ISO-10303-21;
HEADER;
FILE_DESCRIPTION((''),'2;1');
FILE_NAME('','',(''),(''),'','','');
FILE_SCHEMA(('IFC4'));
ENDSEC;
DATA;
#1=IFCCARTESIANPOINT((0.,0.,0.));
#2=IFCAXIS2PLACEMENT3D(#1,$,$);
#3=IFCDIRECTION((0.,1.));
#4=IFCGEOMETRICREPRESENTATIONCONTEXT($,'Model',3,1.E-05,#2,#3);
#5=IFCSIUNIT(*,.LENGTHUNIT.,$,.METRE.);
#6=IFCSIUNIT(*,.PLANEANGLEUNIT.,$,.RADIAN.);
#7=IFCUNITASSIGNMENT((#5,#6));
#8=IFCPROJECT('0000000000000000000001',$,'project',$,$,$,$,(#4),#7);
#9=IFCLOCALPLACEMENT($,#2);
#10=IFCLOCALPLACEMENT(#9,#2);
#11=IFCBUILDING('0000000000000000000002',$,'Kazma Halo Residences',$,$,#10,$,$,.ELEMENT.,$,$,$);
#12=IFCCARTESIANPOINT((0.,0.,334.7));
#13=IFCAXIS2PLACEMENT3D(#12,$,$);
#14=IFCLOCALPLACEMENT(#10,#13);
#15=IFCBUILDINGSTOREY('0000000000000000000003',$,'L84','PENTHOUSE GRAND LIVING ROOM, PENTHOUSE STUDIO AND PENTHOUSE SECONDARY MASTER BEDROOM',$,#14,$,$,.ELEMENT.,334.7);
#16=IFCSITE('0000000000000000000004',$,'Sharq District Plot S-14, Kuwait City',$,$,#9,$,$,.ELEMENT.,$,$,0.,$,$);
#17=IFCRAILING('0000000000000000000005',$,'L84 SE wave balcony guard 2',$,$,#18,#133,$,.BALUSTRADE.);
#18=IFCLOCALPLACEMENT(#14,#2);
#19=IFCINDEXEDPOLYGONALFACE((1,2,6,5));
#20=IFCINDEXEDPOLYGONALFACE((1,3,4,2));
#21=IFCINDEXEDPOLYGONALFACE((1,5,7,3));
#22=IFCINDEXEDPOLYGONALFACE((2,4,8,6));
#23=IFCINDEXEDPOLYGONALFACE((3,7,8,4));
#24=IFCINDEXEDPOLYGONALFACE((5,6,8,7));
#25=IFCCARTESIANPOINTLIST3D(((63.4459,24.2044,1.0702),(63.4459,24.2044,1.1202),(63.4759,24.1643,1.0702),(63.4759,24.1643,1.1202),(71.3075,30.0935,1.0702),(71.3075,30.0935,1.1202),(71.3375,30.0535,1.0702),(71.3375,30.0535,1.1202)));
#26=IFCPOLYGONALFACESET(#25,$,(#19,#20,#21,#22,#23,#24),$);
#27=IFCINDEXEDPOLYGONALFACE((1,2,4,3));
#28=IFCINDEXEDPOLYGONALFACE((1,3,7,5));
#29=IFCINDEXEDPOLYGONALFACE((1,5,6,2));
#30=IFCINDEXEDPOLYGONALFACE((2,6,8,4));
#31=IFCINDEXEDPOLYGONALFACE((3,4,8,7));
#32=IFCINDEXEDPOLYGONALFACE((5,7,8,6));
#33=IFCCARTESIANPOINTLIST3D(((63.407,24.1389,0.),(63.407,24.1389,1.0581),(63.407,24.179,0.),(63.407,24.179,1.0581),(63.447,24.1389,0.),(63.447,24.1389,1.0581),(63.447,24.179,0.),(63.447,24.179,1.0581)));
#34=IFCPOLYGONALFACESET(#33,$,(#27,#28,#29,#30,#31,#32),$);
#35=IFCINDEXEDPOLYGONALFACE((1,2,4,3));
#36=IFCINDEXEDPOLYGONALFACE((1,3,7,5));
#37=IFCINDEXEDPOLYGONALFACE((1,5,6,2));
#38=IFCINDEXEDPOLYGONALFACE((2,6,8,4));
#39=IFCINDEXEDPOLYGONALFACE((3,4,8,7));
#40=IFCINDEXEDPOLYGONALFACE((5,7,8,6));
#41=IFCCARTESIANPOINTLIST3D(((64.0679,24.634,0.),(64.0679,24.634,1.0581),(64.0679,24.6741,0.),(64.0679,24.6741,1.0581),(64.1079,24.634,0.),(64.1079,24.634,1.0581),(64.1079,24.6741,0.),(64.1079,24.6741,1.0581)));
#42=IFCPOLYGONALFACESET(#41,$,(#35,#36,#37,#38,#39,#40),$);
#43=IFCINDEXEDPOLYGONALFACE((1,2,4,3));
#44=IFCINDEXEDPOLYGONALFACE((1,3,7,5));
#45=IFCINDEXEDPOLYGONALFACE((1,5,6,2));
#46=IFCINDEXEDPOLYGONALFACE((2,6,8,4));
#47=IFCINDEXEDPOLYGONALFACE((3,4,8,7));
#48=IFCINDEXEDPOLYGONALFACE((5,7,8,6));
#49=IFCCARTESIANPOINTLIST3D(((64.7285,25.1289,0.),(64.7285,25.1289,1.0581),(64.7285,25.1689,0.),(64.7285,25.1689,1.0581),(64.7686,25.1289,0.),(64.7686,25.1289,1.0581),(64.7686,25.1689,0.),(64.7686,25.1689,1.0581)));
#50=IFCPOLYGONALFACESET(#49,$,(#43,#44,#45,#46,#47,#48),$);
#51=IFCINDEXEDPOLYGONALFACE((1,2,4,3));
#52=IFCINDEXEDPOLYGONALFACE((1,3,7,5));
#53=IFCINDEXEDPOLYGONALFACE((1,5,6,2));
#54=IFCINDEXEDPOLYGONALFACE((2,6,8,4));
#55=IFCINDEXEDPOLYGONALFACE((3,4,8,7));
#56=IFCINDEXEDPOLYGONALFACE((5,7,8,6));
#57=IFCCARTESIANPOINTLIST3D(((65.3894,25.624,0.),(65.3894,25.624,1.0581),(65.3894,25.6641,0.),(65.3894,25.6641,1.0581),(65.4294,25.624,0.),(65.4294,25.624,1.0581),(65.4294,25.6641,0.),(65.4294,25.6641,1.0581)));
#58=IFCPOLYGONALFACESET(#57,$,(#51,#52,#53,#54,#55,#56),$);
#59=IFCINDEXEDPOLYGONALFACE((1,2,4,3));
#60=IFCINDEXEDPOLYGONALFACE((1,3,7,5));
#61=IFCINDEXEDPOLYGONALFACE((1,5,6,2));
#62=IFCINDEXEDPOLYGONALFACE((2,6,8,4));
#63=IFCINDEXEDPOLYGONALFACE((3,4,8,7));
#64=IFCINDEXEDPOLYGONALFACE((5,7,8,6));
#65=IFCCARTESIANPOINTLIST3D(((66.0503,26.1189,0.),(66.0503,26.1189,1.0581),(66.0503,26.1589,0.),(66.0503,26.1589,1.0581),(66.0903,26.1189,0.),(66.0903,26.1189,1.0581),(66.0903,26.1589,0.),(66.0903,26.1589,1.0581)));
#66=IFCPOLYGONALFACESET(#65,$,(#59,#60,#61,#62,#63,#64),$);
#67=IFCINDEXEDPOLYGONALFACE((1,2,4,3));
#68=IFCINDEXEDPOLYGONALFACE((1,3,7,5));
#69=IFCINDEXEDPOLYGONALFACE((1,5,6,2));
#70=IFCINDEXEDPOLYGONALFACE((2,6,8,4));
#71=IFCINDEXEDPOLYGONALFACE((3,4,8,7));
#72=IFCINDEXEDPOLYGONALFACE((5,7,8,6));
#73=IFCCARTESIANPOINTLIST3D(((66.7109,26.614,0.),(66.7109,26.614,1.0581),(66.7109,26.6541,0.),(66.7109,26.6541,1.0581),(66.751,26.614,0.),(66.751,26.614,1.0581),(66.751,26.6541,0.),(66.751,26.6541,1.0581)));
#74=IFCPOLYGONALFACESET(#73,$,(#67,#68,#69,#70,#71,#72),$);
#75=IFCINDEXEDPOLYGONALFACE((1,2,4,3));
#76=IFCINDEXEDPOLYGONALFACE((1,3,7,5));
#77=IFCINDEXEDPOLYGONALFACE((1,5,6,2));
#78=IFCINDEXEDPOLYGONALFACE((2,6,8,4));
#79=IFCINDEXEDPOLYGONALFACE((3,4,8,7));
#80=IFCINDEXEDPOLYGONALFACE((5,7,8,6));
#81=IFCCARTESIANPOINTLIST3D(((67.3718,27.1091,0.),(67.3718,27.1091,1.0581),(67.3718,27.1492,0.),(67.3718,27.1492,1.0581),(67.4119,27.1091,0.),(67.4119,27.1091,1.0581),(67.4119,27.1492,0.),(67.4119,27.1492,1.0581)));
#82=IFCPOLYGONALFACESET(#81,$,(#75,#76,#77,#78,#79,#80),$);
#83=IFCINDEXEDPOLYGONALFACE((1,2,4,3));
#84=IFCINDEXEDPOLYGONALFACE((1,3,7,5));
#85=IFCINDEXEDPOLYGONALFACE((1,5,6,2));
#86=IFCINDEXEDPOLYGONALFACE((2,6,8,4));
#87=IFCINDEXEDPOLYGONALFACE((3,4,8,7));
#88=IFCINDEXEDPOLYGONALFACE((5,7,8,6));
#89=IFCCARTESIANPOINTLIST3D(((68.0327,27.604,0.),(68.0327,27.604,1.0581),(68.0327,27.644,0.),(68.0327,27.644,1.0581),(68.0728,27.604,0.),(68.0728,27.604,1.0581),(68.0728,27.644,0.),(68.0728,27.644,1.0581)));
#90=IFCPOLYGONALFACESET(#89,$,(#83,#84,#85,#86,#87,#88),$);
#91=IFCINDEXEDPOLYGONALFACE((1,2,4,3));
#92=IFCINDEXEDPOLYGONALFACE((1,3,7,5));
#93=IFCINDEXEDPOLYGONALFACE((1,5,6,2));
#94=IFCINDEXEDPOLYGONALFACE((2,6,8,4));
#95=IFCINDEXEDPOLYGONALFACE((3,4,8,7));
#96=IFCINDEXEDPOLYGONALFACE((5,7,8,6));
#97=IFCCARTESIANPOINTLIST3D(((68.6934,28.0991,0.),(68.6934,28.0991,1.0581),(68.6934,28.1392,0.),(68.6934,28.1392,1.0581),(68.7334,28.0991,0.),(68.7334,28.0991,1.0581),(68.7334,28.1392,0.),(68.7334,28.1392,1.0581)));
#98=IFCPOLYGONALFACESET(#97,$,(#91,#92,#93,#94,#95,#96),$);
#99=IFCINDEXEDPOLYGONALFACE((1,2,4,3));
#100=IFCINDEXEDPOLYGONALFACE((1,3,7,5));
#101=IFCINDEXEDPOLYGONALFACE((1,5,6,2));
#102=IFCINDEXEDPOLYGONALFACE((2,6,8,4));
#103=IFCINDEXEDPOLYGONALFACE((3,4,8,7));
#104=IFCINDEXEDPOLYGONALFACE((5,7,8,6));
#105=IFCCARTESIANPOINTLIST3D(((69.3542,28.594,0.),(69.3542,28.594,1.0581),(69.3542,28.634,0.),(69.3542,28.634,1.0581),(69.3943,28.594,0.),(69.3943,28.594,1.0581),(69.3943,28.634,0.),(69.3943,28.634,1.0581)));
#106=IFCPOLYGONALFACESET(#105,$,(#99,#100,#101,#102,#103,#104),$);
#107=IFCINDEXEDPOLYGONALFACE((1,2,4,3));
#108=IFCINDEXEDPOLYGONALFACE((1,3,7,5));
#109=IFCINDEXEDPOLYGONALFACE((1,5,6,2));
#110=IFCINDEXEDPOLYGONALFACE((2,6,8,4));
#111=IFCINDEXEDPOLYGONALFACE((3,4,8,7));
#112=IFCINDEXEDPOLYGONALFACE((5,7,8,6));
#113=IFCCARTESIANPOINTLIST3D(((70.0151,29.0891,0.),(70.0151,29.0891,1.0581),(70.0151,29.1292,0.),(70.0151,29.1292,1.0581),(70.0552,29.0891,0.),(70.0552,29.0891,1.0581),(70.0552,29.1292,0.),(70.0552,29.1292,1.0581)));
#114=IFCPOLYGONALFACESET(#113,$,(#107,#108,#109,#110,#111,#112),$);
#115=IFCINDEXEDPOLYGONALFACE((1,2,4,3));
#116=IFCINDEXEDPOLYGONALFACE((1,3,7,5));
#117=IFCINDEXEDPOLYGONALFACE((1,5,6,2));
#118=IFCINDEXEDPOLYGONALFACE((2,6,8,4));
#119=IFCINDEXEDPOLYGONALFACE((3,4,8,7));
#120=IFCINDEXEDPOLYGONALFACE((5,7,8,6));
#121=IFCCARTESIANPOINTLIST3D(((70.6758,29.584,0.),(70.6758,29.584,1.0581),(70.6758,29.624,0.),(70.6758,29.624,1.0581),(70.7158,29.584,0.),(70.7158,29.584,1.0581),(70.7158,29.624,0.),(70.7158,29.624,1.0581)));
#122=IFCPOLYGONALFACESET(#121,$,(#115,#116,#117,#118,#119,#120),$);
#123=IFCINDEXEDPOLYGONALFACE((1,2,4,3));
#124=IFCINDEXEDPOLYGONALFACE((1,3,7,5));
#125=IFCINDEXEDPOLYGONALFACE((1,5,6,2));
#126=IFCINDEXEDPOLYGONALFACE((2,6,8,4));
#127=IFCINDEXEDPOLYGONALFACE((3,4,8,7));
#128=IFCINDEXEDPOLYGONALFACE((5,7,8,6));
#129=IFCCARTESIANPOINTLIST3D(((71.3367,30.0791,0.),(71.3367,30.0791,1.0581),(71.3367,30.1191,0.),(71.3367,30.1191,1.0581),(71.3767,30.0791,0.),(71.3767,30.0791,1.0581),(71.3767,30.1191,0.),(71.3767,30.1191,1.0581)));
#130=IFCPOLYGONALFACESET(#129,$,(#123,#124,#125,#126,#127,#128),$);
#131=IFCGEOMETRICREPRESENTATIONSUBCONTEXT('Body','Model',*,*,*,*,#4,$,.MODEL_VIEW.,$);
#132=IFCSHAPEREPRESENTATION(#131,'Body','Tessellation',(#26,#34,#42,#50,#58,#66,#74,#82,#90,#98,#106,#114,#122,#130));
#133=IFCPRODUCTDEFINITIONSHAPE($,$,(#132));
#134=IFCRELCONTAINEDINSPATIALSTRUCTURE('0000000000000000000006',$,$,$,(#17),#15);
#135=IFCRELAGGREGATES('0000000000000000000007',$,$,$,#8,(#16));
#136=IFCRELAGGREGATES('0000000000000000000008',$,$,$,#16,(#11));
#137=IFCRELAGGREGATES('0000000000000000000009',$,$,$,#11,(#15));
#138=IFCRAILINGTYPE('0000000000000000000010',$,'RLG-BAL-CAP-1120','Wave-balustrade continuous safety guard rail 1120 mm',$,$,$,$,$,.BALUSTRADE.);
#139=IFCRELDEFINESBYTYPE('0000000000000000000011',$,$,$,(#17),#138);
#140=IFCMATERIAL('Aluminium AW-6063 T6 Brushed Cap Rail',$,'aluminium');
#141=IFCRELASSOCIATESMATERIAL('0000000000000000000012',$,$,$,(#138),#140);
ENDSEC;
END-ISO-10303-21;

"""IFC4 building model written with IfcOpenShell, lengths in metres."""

from ifc_helpers import new_model, si_unit, direction, frame, origin, origin_2d, place, context, subcontext, project, spatial, rectangle, extrude, material, type_object, element, save


model = new_model("IFC4")

# Units and contexts
model_context = context("Model", 3, precision=1e-05, world=origin(), true_north=direction((0.0, 1.0)))
body_context = subcontext(model_context, "Body", "Model", "MODEL_VIEW")
ifc_project = project(units=[si_unit("LENGTHUNIT", "METRE"), si_unit("PLANEANGLEUNIT", "RADIAN")], contexts=[model_context])

# Site, building, storey
site_placement = place(None, origin())
site = spatial("IfcSite", under=ifc_project, at=site_placement, Name="Sharq District Plot S-14, Kuwait City", CompositionType="ELEMENT", RefElevation=0.0)
building_placement = place(site_placement, origin())
building = spatial("IfcBuilding", under=site, at=building_placement, Name="Kazma Halo Residences", CompositionType="ELEMENT")
storey_placement = place(building_placement, frame((0.0, 0.0, 334.7)))
storey = spatial("IfcBuildingStorey", under=building, at=storey_placement, Name="L84", Description="PENTHOUSE GRAND LIVING ROOM, PENTHOUSE STUDIO AND PENTHOUSE SECONDARY MASTER BEDROOM", CompositionType="ELEMENT", Elevation=334.7)

# Railing
ifc_material_1 = material(Name="Aluminium AW-6063 T6 Brushed Cap Rail", Category="aluminium")
railing_type = type_object("IfcRailingType", Name="RLG-BAL-CAP-1120", Description="Wave-balustrade continuous safety guard rail 1120 mm", PredefinedType="BALUSTRADE", material=ifc_material_1)
railing_1_placement = place(storey_placement, frame((63.427, 24.1589, 0.0)))
element("IfcRailing", 1, at=railing_1_placement, inside=storey, type_object=railing_type, Name="L84 SE wave balcony guard 2", PredefinedType="BALUSTRADE", context=body_context, shape_type="SweptSolid", body=[
    extrude(rectangle(XDim=0.05, YDim=0.05, at=origin_2d()), frame((0.0339, 0.0254, 1.0952), z_axis=(0.800343, 0.599543, 0.0), x_axis=(-0.599543, 0.800343, 0.0)), (0.0, 0.0, 1.0), 9.8228),
    extrude(rectangle(XDim=0.04, YDim=0.04, at=origin_2d()), origin(), (0.0, 0.0, 1.0), 1.0581),
    extrude(rectangle(XDim=0.04, YDim=0.04, at=origin_2d()), frame((0.6609, 0.4951, 0.0)), (0.0, 0.0, 1.0), 1.0581),
    extrude(rectangle(XDim=0.04, YDim=0.04, at=origin_2d()), frame((1.3215, 0.99, 0.0)), (0.0, 0.0, 1.0), 1.0581),
    extrude(rectangle(XDim=0.04, YDim=0.04, at=origin_2d()), frame((1.9824, 1.4851, 0.0)), (0.0, 0.0, 1.0), 1.0581),
    extrude(rectangle(XDim=0.04, YDim=0.04, at=origin_2d()), frame((2.6433, 1.98, 0.0)), (0.0, 0.0, 1.0), 1.0581),
    extrude(rectangle(XDim=0.04, YDim=0.04, at=origin_2d()), frame((3.304, 2.4751, 0.0)), (0.0, 0.0, 1.0), 1.0581),
    extrude(rectangle(XDim=0.04, YDim=0.04, at=origin_2d()), frame((3.9648, 2.9702, 0.0)), (0.0, 0.0, 1.0), 1.0581),
    extrude(rectangle(XDim=0.04, YDim=0.04, at=origin_2d()), frame((4.6257, 3.4651, 0.0)), (0.0, 0.0, 1.0), 1.0581),
    extrude(rectangle(XDim=0.04, YDim=0.04, at=origin_2d()), frame((5.2864, 3.9602, 0.0)), (0.0, 0.0, 1.0), 1.0581),
    extrude(rectangle(XDim=0.04, YDim=0.04, at=origin_2d()), frame((5.9473, 4.4551, 0.0)), (0.0, 0.0, 1.0), 1.0581),
    extrude(rectangle(XDim=0.04, YDim=0.04, at=origin_2d()), frame((6.6082, 4.9502, 0.0)), (0.0, 0.0, 1.0), 1.0581),
    extrude(rectangle(XDim=0.04, YDim=0.04, at=origin_2d()), frame((7.2688, 5.4451, 0.0)), (0.0, 0.0, 1.0), 1.0581),
    extrude(rectangle(XDim=0.04, YDim=0.04, at=origin_2d()), frame((7.9297, 5.9402, 0.0)), (0.0, 0.0, 1.0), 1.0581),
])

save(model, "model.ifc")
